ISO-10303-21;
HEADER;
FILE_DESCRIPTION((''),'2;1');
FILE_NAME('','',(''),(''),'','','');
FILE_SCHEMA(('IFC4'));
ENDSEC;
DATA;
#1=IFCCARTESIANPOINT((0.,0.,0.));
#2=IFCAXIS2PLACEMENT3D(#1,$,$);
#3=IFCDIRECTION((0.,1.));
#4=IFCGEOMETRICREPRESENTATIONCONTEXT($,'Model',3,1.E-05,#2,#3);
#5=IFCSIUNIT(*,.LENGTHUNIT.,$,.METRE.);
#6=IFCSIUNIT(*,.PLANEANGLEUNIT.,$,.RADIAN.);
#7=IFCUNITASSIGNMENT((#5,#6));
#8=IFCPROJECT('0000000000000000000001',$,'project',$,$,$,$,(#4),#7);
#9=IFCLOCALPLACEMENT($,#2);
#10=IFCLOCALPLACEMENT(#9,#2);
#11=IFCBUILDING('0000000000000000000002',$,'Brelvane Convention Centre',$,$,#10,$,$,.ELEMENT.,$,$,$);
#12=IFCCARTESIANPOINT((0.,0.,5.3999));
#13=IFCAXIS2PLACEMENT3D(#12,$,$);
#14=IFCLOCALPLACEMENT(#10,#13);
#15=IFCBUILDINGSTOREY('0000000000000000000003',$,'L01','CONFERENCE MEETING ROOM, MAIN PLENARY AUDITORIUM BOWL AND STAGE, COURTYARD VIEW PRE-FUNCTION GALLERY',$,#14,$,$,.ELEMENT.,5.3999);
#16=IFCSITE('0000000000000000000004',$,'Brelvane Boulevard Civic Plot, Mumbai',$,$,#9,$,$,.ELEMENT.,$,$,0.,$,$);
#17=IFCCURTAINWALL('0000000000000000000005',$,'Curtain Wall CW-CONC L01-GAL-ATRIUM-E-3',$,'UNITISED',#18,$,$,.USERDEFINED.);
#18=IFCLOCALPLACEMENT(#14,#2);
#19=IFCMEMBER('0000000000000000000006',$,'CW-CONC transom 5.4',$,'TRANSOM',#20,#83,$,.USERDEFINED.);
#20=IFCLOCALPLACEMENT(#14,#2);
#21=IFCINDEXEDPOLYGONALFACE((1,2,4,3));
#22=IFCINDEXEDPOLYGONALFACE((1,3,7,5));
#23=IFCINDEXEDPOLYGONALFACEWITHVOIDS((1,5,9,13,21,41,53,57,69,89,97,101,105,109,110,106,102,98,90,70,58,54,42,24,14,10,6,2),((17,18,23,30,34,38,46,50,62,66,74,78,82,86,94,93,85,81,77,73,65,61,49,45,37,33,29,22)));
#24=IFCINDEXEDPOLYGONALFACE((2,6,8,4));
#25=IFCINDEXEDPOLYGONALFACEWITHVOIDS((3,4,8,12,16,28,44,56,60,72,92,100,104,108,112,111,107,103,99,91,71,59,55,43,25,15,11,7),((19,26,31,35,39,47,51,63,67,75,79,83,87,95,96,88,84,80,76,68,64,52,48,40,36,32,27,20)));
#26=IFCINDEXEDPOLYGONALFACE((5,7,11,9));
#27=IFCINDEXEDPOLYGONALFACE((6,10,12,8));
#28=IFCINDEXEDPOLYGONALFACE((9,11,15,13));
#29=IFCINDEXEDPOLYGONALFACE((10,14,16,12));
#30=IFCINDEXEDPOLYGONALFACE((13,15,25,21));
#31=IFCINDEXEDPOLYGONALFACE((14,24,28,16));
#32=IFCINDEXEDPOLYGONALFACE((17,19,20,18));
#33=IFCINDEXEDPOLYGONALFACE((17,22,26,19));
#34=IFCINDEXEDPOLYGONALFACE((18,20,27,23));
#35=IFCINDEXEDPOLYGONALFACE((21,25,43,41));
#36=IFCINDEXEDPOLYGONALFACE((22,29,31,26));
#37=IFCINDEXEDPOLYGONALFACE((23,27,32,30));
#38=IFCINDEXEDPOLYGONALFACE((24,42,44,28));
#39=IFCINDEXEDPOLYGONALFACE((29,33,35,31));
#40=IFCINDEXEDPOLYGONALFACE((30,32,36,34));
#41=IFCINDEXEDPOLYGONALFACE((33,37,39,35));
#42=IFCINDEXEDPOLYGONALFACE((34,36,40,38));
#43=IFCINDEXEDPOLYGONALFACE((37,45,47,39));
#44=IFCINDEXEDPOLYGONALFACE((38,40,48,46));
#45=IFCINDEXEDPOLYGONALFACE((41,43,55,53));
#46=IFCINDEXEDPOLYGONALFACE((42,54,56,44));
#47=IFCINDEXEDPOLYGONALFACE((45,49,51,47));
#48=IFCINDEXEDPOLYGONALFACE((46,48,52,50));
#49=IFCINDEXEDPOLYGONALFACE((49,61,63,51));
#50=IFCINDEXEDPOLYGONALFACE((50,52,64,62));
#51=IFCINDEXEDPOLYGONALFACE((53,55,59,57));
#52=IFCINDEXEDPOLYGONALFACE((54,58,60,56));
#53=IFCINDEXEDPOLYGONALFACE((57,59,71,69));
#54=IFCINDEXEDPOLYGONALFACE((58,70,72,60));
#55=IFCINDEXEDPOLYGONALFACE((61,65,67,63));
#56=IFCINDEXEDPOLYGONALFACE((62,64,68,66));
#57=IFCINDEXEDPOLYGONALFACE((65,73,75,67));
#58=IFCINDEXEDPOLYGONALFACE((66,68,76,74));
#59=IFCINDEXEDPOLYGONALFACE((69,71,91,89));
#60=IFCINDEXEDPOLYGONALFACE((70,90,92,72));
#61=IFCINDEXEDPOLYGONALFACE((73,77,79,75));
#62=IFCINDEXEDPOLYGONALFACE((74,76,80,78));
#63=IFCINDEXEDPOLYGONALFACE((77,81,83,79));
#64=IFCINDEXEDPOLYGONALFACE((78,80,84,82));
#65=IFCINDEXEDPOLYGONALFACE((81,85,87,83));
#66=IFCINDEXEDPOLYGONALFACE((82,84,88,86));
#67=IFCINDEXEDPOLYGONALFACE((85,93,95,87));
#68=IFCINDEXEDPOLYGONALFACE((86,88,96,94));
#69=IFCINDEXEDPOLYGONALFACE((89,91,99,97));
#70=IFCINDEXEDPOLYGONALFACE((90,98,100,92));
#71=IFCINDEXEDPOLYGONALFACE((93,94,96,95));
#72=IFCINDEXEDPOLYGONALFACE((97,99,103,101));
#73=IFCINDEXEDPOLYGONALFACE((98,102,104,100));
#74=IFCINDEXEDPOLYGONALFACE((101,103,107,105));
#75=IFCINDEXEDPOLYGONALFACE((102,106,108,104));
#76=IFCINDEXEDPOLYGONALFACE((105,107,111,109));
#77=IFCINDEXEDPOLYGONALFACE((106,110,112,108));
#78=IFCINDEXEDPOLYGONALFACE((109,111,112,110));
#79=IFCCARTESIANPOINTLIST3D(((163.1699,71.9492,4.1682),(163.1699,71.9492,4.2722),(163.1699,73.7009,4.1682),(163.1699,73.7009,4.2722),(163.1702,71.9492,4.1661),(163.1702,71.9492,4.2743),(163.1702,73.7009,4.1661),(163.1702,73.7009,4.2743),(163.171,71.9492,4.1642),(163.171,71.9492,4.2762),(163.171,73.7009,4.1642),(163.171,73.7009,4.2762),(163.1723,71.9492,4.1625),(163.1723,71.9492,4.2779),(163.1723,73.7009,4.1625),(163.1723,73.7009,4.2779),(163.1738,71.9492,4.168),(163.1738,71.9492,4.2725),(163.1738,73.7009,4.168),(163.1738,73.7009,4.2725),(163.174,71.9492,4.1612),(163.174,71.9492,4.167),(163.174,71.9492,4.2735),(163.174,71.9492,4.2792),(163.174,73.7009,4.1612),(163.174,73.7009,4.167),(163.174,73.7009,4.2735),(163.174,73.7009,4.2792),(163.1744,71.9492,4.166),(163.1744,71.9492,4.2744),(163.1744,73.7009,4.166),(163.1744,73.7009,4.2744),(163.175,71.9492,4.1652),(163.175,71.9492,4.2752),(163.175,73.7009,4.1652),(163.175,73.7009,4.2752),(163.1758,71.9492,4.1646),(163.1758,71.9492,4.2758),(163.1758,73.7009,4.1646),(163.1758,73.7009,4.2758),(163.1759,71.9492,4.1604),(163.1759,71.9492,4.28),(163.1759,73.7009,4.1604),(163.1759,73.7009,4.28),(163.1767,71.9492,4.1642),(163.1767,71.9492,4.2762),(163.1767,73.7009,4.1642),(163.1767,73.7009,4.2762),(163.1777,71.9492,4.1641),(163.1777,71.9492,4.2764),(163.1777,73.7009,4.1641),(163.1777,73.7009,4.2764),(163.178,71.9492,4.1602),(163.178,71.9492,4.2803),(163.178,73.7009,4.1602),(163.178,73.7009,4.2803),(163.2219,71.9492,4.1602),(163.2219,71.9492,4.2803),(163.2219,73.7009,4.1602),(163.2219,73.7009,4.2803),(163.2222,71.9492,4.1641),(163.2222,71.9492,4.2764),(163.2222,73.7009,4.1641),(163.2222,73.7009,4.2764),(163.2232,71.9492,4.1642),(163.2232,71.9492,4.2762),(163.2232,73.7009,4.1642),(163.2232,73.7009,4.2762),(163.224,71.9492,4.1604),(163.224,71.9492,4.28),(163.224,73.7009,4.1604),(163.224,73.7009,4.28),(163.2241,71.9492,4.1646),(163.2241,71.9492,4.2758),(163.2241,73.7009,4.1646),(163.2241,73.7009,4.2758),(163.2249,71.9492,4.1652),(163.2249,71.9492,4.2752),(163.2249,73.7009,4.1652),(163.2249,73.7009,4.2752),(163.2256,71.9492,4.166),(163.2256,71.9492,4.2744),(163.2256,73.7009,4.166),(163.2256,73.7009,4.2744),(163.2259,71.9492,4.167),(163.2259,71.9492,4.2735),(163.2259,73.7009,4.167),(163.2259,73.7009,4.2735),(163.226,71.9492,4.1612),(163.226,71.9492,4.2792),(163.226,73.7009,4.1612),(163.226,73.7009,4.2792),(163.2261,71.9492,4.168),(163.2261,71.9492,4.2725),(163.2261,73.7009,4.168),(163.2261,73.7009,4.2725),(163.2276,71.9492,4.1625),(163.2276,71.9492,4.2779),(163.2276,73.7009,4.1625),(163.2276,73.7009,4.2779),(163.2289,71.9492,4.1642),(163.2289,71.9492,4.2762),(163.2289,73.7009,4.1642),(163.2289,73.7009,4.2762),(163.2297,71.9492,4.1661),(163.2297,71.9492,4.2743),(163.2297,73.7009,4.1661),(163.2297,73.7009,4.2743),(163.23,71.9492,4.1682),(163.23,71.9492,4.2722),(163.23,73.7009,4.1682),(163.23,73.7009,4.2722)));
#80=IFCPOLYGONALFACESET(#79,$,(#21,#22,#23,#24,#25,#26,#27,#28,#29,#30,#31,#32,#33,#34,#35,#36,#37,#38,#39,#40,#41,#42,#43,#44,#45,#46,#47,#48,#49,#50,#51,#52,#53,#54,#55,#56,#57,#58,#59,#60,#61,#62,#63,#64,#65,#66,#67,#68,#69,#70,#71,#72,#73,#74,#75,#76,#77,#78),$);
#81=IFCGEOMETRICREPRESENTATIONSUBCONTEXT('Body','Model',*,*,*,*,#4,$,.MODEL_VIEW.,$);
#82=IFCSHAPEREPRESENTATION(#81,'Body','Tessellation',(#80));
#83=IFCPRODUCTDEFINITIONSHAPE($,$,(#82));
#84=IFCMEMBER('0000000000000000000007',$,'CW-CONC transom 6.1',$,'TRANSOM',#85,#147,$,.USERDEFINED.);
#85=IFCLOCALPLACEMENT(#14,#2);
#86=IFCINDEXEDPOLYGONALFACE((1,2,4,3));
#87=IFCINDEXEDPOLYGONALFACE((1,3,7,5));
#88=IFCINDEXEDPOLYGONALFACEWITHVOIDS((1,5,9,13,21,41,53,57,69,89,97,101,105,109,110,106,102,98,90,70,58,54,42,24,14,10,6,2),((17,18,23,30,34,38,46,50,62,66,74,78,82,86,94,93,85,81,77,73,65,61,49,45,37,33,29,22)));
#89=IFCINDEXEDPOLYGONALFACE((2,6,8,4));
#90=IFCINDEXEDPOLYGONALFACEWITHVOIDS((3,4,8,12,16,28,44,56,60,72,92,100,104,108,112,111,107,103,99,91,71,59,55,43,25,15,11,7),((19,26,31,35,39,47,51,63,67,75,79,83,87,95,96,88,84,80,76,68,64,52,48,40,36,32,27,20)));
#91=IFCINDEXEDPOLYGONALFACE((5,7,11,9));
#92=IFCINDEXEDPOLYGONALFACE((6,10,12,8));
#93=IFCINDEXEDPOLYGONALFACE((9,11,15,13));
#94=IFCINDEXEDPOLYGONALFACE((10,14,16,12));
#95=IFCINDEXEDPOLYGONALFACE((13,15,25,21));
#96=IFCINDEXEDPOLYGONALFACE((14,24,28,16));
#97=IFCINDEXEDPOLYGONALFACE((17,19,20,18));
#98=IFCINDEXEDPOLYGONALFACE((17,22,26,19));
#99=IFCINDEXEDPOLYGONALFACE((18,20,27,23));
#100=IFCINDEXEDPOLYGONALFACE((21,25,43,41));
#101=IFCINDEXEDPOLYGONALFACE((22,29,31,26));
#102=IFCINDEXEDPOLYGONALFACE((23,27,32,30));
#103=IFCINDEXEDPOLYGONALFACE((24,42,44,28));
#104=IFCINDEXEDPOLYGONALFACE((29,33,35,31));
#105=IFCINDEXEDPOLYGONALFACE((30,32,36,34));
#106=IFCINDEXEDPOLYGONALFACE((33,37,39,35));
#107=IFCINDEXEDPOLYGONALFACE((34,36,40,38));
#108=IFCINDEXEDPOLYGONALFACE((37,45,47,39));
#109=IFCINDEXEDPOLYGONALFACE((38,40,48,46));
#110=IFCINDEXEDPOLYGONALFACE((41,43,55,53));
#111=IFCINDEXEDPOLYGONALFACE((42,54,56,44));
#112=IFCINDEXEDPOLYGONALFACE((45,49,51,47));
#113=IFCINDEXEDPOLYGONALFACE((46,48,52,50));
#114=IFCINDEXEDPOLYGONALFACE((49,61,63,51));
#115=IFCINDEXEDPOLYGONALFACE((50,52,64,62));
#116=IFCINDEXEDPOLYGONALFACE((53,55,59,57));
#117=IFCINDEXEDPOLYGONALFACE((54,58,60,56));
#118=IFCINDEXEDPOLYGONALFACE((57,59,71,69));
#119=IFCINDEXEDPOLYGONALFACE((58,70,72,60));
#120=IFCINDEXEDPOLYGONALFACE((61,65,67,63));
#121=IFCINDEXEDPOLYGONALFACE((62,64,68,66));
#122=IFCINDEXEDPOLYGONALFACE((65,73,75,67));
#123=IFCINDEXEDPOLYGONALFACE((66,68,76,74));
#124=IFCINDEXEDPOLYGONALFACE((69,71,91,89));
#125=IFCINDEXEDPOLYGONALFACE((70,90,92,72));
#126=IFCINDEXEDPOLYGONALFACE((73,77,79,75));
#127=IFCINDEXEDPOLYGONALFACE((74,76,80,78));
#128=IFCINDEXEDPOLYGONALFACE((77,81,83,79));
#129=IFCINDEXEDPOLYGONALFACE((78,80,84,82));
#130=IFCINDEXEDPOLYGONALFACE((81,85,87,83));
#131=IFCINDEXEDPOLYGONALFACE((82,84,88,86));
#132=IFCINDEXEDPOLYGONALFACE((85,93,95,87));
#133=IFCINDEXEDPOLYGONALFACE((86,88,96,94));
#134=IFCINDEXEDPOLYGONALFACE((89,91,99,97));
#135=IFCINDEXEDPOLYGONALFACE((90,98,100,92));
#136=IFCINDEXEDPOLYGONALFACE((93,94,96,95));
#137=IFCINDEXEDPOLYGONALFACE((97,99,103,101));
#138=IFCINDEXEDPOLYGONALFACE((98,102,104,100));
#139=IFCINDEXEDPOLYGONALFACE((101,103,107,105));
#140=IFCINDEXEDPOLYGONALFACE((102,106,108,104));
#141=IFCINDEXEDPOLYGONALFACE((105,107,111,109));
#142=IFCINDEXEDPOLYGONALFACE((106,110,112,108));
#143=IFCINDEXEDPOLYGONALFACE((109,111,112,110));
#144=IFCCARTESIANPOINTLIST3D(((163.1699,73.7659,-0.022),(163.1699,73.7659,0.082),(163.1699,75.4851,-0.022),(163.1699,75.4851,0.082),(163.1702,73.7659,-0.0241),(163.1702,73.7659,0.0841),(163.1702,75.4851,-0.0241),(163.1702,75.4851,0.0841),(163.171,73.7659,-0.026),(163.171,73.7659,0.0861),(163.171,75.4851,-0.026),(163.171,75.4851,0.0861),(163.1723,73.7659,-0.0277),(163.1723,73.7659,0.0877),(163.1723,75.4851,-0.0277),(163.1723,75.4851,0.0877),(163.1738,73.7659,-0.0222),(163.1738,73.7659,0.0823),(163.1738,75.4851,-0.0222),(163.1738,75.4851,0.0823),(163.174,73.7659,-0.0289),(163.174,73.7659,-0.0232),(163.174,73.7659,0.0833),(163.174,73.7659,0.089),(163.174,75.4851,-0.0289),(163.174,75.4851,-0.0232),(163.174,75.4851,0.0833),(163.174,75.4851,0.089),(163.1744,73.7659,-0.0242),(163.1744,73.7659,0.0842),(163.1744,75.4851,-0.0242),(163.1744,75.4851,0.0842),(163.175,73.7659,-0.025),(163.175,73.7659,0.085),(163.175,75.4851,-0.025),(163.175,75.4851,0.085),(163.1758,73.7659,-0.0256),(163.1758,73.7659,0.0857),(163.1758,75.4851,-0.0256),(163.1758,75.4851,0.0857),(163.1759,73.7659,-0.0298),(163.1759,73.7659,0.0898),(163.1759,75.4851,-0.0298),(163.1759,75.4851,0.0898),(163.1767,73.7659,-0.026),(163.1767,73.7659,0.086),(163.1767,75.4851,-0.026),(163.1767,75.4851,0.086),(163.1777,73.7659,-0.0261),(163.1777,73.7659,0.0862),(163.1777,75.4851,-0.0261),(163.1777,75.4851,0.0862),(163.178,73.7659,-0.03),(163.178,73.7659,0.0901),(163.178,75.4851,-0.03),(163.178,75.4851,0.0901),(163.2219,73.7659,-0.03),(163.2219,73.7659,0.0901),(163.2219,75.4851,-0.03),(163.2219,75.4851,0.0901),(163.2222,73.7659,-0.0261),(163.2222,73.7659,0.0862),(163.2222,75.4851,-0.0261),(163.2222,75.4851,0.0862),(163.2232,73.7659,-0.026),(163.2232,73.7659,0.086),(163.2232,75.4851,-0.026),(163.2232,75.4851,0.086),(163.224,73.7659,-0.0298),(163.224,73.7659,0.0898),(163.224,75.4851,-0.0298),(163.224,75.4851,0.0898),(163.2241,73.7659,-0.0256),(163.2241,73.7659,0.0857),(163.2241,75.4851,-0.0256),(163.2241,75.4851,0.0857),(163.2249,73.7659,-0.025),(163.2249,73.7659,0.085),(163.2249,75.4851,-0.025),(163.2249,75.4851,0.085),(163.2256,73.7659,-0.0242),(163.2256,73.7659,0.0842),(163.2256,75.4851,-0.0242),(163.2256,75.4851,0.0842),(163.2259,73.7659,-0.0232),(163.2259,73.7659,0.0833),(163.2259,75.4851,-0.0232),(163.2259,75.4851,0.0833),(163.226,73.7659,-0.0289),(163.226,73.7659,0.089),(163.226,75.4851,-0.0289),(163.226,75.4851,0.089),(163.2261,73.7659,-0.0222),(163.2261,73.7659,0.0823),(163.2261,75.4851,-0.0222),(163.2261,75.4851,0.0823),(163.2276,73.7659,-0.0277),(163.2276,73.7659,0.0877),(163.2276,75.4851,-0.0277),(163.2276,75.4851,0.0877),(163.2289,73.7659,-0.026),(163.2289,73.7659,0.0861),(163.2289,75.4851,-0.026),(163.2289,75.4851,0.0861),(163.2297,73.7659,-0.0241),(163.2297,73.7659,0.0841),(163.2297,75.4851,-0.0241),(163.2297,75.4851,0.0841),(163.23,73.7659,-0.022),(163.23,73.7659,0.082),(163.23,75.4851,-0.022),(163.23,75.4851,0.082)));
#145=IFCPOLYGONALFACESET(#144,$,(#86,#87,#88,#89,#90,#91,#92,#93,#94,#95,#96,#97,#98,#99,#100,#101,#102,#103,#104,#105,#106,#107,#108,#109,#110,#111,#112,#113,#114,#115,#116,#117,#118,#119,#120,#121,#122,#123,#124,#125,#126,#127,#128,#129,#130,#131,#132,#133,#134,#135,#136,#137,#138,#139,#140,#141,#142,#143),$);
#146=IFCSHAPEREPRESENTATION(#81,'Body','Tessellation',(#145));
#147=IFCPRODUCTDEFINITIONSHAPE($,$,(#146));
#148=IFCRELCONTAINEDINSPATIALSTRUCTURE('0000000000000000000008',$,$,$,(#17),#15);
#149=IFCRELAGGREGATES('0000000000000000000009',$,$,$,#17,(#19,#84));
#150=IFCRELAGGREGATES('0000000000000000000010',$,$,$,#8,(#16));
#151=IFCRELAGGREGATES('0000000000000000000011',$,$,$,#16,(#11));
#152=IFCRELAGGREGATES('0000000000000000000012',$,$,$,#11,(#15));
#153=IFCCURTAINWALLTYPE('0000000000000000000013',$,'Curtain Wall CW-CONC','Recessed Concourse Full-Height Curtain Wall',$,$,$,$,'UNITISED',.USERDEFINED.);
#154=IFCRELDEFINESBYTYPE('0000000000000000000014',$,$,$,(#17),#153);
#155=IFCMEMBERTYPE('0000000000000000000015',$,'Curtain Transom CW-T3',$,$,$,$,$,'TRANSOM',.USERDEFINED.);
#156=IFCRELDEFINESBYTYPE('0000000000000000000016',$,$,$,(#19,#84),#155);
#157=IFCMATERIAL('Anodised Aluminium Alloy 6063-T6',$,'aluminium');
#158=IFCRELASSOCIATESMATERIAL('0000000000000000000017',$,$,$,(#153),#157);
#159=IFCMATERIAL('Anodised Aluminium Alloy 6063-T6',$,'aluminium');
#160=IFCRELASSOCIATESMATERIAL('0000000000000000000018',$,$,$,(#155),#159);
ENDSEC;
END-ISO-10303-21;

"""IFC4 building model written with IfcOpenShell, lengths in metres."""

from ifc_helpers import new_model, si_unit, direction, frame, origin, origin_2d, place, context, subcontext, project, spatial, hollow_rectangle, extrude, material, material_profile, profile_set, type_object, element, aggregate, save


model = new_model("IFC4")

# Units and contexts
model_context = context("Model", 3, precision=1e-05, world=origin(), true_north=direction((0.0, 1.0)))
body_context = subcontext(model_context, "Body", "Model", "MODEL_VIEW")
ifc_project = project(units=[si_unit("LENGTHUNIT", "METRE"), si_unit("PLANEANGLEUNIT", "RADIAN")], contexts=[model_context])

# Site, building, storey
site_placement = place(None, origin())
site = spatial("IfcSite", under=ifc_project, at=site_placement, Name="Brelvane Boulevard Civic Plot, Mumbai", CompositionType="ELEMENT", RefElevation=0.0)
building_placement = place(site_placement, origin())
building = spatial("IfcBuilding", under=site, at=building_placement, Name="Brelvane Convention Centre", CompositionType="ELEMENT")
storey_placement = place(building_placement, frame((0.0, 0.0, 5.3999)))
storey = spatial("IfcBuildingStorey", under=building, at=storey_placement, Name="L01", Description="CONFERENCE MEETING ROOM, MAIN PLENARY AUDITORIUM BOWL AND STAGE, COURTYARD VIEW PRE-FUNCTION GALLERY", CompositionType="ELEMENT", Elevation=5.3999)

# Curtain wall, members
ifc_material_1 = material(Name="Anodised Aluminium Alloy 6063-T6", Category="aluminium")
curtain_wall_type = type_object("IfcCurtainWallType", Name="Curtain Wall CW-CONC", Description="Recessed Concourse Full-Height Curtain Wall", ElementType="UNITISED", PredefinedType="USERDEFINED", material=ifc_material_1)
curtain_wall_placement = place(storey_placement, origin())
curtain_wall = element("IfcCurtainWall", 1, at=curtain_wall_placement, inside=storey, type_object=curtain_wall_type, Name="Curtain Wall CW-CONC L01-GAL-ATRIUM-E-3", ObjectType="UNITISED", PredefinedType="USERDEFINED")
ifc_material_2 = material(Name="Anodised Aluminium Alloy 6063-T6", Category="aluminium")
ifc_material_profile_1 = material_profile(ifc_material_2, hollow_rectangle(XDim=0.0601, YDim=0.1201, WallThickness=0.0039, InnerFilletRadius=0.0039, OuterFilletRadius=0.0081, at=origin_2d()), Name="ALU-T 120x60x4.0")
ifc_profile_set_1 = profile_set([ifc_material_profile_1], Name="Anodised Aluminium Alloy 6063-T6")
member_type_1 = type_object("IfcMemberType", Name="Curtain Transom CW-T3", ElementType="TRANSOM", PredefinedType="USERDEFINED", material=ifc_profile_set_1)
member_1_placement = place(storey_placement, frame((163.2, 71.9492, 4.2202), z_axis=(0.0, 1.0, 0.0), x_axis=(-1.0, 0.0, 0.0)))
member_1 = element("IfcMember", 2, at=member_1_placement, type_object=member_type_1, Name="CW-CONC transom 5.4", ObjectType="TRANSOM", PredefinedType="USERDEFINED", context=body_context, shape_type="SweptSolid", body=[
    extrude(hollow_rectangle(XDim=0.0601, YDim=0.1201, WallThickness=0.0039, InnerFilletRadius=0.0039, OuterFilletRadius=0.0081, at=origin_2d()), origin(), (0.0, 0.0, 1.0), 1.7517),
])
member_2_placement = place(storey_placement, frame((163.2, 73.7659, 0.03), z_axis=(0.0, 1.0, 0.0), x_axis=(-1.0, 0.0, 0.0)))
member_2 = element("IfcMember", 3, at=member_2_placement, type_object=member_type_1, Name="CW-CONC transom 6.1", ObjectType="TRANSOM", PredefinedType="USERDEFINED", context=body_context, shape_type="SweptSolid", body=[
    extrude(hollow_rectangle(XDim=0.0601, YDim=0.1201, WallThickness=0.0039, InnerFilletRadius=0.0039, OuterFilletRadius=0.0081, at=origin_2d()), origin(), (0.0, 0.0, 1.0), 1.7192),
])

aggregate(curtain_wall, [member_1, member_2])

save(model, "model.ifc")
